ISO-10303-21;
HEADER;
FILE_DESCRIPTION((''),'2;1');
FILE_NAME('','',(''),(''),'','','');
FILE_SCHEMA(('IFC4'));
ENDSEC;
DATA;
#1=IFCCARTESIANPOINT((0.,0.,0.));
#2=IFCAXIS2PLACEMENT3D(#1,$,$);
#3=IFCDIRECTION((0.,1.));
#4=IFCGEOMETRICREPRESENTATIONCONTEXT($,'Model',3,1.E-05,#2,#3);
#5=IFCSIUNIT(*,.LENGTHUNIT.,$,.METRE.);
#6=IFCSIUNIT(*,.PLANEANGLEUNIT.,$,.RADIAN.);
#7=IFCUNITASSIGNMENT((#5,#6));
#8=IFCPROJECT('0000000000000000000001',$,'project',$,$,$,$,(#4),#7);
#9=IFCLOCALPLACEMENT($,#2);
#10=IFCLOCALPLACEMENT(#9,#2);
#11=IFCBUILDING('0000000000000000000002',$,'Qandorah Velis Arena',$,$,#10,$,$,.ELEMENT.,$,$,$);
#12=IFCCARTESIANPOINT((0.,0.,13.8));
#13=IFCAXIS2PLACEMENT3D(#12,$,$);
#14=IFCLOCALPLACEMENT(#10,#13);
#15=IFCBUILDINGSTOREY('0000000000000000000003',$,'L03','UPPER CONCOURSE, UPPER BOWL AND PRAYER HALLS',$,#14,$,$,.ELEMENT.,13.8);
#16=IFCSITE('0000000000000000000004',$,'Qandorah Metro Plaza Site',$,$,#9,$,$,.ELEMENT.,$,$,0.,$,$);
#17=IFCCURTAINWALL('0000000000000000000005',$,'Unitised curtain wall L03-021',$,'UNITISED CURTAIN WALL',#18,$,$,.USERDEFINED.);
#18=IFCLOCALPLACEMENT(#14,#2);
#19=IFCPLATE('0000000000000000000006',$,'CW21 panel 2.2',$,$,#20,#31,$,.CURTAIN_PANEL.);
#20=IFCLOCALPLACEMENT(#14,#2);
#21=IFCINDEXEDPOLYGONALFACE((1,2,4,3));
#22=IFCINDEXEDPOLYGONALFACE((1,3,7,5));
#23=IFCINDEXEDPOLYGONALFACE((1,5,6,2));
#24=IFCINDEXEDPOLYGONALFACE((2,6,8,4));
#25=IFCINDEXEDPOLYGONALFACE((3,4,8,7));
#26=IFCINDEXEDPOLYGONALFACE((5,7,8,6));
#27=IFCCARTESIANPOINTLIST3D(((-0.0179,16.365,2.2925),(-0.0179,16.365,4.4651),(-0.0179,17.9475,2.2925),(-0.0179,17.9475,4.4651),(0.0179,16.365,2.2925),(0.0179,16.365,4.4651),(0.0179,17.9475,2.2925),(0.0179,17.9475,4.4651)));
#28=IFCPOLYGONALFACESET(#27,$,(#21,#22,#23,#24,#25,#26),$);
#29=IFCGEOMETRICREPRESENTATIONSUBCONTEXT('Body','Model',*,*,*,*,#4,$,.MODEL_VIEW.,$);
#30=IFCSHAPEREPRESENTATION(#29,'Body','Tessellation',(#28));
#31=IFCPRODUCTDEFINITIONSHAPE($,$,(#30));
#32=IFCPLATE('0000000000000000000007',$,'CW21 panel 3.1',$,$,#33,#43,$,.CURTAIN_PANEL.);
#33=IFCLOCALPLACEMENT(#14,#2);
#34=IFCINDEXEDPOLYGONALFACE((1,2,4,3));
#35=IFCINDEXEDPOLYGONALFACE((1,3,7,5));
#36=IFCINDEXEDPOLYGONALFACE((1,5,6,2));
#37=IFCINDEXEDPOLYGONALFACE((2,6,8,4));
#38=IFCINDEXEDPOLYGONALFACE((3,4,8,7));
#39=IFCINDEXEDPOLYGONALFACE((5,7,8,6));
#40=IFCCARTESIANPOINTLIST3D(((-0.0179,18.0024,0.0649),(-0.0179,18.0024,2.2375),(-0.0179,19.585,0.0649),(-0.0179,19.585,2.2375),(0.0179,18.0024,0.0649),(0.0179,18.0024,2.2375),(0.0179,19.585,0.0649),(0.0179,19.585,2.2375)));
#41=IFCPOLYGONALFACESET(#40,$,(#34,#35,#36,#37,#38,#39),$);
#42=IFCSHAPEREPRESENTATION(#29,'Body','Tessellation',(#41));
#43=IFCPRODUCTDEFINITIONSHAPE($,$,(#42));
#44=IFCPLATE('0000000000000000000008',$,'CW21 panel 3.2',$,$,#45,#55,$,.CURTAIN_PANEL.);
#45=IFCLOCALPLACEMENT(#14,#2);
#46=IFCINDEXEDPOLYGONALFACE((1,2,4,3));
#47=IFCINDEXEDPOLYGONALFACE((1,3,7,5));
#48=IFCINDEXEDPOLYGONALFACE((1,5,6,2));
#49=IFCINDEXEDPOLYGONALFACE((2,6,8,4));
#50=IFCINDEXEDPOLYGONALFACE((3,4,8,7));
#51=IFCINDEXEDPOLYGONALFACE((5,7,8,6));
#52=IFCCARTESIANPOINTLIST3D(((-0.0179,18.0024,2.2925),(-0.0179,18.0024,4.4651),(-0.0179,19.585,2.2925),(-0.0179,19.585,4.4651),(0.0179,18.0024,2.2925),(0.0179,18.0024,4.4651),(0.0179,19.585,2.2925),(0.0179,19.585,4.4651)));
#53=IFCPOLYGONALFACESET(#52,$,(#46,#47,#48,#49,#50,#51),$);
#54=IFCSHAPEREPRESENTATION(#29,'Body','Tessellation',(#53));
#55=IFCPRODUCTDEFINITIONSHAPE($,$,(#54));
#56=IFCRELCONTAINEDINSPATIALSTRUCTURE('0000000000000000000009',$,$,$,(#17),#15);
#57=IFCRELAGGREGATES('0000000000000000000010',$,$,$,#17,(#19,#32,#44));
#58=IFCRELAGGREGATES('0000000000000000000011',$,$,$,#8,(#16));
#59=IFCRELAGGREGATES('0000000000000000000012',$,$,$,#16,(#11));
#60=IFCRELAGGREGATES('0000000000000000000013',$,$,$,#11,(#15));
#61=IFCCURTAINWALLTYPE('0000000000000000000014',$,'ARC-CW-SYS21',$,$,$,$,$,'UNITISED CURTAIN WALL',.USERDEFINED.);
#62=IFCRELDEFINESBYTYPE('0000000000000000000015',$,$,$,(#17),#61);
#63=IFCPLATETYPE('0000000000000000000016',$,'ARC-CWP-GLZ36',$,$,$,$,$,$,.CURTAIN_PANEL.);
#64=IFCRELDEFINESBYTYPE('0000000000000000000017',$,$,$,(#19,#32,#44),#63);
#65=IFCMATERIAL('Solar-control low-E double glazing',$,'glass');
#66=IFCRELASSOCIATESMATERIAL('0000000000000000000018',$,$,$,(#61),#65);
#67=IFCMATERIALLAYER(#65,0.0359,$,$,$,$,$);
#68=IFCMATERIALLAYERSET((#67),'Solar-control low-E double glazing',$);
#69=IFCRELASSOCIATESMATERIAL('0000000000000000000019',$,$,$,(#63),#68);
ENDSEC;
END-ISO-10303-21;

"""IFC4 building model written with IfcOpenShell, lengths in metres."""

from ifc_helpers import new_model, si_unit, direction, frame, origin, origin_2d, place, context, subcontext, project, spatial, rectangle, extrude, material, layer, layer_set, type_object, element, aggregate, save


model = new_model("IFC4")

# Units and contexts
model_context = context("Model", 3, precision=1e-05, world=origin(), true_north=direction((0.0, 1.0)))
body_context = subcontext(model_context, "Body", "Model", "MODEL_VIEW")
ifc_project = project(units=[si_unit("LENGTHUNIT", "METRE"), si_unit("PLANEANGLEUNIT", "RADIAN")], contexts=[model_context])

# Site, building, storey
site_placement = place(None, origin())
site = spatial("IfcSite", under=ifc_project, at=site_placement, Name="Qandorah Metro Plaza Site", CompositionType="ELEMENT", RefElevation=0.0)
building_placement = place(site_placement, origin())
building = spatial("IfcBuilding", under=site, at=building_placement, Name="Qandorah Velis Arena", CompositionType="ELEMENT")
storey_placement = place(building_placement, frame((0.0, 0.0, 13.8)))
storey = spatial("IfcBuildingStorey", under=building, at=storey_placement, Name="L03", Description="UPPER CONCOURSE, UPPER BOWL AND PRAYER HALLS", CompositionType="ELEMENT", Elevation=13.8)

# Curtain wall
ifc_material_1 = material(Name="Solar-control low-E double glazing", Category="glass")
curtain_wall_type = type_object("IfcCurtainWallType", Name="ARC-CW-SYS21", ElementType="UNITISED CURTAIN WALL", PredefinedType="USERDEFINED", material=ifc_material_1)
curtain_wall_placement = place(storey_placement, origin())
curtain_wall = element("IfcCurtainWall", 1, at=curtain_wall_placement, inside=storey, type_object=curtain_wall_type, Name="Unitised curtain wall L03-021", ObjectType="UNITISED CURTAIN WALL", PredefinedType="USERDEFINED")

# Plates
ifc_layer = layer(ifc_material_1, 0.0359)
ifc_layer_set = layer_set([ifc_layer], Name="Solar-control low-E double glazing")
plate_type = type_object("IfcPlateType", Name="ARC-CWP-GLZ36", PredefinedType="CURTAIN_PANEL", material=ifc_layer_set)
plate_1_placement = place(storey_placement, frame((0.0, 17.1562, 2.2925), z_axis=(0.0, 0.0, 1.0), x_axis=(0.0, 1.0, 0.0)))
plate_1 = element("IfcPlate", 2, at=plate_1_placement, type_object=plate_type, Name="CW21 panel 2.2", PredefinedType="CURTAIN_PANEL", context=body_context, shape_type="SweptSolid", body=[
    extrude(rectangle(XDim=1.5825, YDim=0.0359, at=origin_2d()), origin(), (0.0, 0.0, 1.0), 2.1726),
])
plate_2_placement = place(storey_placement, frame((0.0, 18.7937, 0.0649), z_axis=(0.0, 0.0, 1.0), x_axis=(0.0, 1.0, 0.0)))
plate_2 = element("IfcPlate", 3, at=plate_2_placement, type_object=plate_type, Name="CW21 panel 3.1", PredefinedType="CURTAIN_PANEL", context=body_context, shape_type="SweptSolid", body=[
    extrude(rectangle(XDim=1.5825, YDim=0.0359, at=origin_2d()), origin(), (0.0, 0.0, 1.0), 2.1726),
])
plate_3_placement = place(storey_placement, frame((0.0, 18.7937, 2.2925), z_axis=(0.0, 0.0, 1.0), x_axis=(0.0, 1.0, 0.0)))
plate_3 = element("IfcPlate", 4, at=plate_3_placement, type_object=plate_type, Name="CW21 panel 3.2", PredefinedType="CURTAIN_PANEL", context=body_context, shape_type="SweptSolid", body=[
    extrude(rectangle(XDim=1.5825, YDim=0.0359, at=origin_2d()), origin(), (0.0, 0.0, 1.0), 2.1726),
])
aggregate(curtain_wall, [plate_1, plate_2, plate_3])

save(model, "model.ifc")
